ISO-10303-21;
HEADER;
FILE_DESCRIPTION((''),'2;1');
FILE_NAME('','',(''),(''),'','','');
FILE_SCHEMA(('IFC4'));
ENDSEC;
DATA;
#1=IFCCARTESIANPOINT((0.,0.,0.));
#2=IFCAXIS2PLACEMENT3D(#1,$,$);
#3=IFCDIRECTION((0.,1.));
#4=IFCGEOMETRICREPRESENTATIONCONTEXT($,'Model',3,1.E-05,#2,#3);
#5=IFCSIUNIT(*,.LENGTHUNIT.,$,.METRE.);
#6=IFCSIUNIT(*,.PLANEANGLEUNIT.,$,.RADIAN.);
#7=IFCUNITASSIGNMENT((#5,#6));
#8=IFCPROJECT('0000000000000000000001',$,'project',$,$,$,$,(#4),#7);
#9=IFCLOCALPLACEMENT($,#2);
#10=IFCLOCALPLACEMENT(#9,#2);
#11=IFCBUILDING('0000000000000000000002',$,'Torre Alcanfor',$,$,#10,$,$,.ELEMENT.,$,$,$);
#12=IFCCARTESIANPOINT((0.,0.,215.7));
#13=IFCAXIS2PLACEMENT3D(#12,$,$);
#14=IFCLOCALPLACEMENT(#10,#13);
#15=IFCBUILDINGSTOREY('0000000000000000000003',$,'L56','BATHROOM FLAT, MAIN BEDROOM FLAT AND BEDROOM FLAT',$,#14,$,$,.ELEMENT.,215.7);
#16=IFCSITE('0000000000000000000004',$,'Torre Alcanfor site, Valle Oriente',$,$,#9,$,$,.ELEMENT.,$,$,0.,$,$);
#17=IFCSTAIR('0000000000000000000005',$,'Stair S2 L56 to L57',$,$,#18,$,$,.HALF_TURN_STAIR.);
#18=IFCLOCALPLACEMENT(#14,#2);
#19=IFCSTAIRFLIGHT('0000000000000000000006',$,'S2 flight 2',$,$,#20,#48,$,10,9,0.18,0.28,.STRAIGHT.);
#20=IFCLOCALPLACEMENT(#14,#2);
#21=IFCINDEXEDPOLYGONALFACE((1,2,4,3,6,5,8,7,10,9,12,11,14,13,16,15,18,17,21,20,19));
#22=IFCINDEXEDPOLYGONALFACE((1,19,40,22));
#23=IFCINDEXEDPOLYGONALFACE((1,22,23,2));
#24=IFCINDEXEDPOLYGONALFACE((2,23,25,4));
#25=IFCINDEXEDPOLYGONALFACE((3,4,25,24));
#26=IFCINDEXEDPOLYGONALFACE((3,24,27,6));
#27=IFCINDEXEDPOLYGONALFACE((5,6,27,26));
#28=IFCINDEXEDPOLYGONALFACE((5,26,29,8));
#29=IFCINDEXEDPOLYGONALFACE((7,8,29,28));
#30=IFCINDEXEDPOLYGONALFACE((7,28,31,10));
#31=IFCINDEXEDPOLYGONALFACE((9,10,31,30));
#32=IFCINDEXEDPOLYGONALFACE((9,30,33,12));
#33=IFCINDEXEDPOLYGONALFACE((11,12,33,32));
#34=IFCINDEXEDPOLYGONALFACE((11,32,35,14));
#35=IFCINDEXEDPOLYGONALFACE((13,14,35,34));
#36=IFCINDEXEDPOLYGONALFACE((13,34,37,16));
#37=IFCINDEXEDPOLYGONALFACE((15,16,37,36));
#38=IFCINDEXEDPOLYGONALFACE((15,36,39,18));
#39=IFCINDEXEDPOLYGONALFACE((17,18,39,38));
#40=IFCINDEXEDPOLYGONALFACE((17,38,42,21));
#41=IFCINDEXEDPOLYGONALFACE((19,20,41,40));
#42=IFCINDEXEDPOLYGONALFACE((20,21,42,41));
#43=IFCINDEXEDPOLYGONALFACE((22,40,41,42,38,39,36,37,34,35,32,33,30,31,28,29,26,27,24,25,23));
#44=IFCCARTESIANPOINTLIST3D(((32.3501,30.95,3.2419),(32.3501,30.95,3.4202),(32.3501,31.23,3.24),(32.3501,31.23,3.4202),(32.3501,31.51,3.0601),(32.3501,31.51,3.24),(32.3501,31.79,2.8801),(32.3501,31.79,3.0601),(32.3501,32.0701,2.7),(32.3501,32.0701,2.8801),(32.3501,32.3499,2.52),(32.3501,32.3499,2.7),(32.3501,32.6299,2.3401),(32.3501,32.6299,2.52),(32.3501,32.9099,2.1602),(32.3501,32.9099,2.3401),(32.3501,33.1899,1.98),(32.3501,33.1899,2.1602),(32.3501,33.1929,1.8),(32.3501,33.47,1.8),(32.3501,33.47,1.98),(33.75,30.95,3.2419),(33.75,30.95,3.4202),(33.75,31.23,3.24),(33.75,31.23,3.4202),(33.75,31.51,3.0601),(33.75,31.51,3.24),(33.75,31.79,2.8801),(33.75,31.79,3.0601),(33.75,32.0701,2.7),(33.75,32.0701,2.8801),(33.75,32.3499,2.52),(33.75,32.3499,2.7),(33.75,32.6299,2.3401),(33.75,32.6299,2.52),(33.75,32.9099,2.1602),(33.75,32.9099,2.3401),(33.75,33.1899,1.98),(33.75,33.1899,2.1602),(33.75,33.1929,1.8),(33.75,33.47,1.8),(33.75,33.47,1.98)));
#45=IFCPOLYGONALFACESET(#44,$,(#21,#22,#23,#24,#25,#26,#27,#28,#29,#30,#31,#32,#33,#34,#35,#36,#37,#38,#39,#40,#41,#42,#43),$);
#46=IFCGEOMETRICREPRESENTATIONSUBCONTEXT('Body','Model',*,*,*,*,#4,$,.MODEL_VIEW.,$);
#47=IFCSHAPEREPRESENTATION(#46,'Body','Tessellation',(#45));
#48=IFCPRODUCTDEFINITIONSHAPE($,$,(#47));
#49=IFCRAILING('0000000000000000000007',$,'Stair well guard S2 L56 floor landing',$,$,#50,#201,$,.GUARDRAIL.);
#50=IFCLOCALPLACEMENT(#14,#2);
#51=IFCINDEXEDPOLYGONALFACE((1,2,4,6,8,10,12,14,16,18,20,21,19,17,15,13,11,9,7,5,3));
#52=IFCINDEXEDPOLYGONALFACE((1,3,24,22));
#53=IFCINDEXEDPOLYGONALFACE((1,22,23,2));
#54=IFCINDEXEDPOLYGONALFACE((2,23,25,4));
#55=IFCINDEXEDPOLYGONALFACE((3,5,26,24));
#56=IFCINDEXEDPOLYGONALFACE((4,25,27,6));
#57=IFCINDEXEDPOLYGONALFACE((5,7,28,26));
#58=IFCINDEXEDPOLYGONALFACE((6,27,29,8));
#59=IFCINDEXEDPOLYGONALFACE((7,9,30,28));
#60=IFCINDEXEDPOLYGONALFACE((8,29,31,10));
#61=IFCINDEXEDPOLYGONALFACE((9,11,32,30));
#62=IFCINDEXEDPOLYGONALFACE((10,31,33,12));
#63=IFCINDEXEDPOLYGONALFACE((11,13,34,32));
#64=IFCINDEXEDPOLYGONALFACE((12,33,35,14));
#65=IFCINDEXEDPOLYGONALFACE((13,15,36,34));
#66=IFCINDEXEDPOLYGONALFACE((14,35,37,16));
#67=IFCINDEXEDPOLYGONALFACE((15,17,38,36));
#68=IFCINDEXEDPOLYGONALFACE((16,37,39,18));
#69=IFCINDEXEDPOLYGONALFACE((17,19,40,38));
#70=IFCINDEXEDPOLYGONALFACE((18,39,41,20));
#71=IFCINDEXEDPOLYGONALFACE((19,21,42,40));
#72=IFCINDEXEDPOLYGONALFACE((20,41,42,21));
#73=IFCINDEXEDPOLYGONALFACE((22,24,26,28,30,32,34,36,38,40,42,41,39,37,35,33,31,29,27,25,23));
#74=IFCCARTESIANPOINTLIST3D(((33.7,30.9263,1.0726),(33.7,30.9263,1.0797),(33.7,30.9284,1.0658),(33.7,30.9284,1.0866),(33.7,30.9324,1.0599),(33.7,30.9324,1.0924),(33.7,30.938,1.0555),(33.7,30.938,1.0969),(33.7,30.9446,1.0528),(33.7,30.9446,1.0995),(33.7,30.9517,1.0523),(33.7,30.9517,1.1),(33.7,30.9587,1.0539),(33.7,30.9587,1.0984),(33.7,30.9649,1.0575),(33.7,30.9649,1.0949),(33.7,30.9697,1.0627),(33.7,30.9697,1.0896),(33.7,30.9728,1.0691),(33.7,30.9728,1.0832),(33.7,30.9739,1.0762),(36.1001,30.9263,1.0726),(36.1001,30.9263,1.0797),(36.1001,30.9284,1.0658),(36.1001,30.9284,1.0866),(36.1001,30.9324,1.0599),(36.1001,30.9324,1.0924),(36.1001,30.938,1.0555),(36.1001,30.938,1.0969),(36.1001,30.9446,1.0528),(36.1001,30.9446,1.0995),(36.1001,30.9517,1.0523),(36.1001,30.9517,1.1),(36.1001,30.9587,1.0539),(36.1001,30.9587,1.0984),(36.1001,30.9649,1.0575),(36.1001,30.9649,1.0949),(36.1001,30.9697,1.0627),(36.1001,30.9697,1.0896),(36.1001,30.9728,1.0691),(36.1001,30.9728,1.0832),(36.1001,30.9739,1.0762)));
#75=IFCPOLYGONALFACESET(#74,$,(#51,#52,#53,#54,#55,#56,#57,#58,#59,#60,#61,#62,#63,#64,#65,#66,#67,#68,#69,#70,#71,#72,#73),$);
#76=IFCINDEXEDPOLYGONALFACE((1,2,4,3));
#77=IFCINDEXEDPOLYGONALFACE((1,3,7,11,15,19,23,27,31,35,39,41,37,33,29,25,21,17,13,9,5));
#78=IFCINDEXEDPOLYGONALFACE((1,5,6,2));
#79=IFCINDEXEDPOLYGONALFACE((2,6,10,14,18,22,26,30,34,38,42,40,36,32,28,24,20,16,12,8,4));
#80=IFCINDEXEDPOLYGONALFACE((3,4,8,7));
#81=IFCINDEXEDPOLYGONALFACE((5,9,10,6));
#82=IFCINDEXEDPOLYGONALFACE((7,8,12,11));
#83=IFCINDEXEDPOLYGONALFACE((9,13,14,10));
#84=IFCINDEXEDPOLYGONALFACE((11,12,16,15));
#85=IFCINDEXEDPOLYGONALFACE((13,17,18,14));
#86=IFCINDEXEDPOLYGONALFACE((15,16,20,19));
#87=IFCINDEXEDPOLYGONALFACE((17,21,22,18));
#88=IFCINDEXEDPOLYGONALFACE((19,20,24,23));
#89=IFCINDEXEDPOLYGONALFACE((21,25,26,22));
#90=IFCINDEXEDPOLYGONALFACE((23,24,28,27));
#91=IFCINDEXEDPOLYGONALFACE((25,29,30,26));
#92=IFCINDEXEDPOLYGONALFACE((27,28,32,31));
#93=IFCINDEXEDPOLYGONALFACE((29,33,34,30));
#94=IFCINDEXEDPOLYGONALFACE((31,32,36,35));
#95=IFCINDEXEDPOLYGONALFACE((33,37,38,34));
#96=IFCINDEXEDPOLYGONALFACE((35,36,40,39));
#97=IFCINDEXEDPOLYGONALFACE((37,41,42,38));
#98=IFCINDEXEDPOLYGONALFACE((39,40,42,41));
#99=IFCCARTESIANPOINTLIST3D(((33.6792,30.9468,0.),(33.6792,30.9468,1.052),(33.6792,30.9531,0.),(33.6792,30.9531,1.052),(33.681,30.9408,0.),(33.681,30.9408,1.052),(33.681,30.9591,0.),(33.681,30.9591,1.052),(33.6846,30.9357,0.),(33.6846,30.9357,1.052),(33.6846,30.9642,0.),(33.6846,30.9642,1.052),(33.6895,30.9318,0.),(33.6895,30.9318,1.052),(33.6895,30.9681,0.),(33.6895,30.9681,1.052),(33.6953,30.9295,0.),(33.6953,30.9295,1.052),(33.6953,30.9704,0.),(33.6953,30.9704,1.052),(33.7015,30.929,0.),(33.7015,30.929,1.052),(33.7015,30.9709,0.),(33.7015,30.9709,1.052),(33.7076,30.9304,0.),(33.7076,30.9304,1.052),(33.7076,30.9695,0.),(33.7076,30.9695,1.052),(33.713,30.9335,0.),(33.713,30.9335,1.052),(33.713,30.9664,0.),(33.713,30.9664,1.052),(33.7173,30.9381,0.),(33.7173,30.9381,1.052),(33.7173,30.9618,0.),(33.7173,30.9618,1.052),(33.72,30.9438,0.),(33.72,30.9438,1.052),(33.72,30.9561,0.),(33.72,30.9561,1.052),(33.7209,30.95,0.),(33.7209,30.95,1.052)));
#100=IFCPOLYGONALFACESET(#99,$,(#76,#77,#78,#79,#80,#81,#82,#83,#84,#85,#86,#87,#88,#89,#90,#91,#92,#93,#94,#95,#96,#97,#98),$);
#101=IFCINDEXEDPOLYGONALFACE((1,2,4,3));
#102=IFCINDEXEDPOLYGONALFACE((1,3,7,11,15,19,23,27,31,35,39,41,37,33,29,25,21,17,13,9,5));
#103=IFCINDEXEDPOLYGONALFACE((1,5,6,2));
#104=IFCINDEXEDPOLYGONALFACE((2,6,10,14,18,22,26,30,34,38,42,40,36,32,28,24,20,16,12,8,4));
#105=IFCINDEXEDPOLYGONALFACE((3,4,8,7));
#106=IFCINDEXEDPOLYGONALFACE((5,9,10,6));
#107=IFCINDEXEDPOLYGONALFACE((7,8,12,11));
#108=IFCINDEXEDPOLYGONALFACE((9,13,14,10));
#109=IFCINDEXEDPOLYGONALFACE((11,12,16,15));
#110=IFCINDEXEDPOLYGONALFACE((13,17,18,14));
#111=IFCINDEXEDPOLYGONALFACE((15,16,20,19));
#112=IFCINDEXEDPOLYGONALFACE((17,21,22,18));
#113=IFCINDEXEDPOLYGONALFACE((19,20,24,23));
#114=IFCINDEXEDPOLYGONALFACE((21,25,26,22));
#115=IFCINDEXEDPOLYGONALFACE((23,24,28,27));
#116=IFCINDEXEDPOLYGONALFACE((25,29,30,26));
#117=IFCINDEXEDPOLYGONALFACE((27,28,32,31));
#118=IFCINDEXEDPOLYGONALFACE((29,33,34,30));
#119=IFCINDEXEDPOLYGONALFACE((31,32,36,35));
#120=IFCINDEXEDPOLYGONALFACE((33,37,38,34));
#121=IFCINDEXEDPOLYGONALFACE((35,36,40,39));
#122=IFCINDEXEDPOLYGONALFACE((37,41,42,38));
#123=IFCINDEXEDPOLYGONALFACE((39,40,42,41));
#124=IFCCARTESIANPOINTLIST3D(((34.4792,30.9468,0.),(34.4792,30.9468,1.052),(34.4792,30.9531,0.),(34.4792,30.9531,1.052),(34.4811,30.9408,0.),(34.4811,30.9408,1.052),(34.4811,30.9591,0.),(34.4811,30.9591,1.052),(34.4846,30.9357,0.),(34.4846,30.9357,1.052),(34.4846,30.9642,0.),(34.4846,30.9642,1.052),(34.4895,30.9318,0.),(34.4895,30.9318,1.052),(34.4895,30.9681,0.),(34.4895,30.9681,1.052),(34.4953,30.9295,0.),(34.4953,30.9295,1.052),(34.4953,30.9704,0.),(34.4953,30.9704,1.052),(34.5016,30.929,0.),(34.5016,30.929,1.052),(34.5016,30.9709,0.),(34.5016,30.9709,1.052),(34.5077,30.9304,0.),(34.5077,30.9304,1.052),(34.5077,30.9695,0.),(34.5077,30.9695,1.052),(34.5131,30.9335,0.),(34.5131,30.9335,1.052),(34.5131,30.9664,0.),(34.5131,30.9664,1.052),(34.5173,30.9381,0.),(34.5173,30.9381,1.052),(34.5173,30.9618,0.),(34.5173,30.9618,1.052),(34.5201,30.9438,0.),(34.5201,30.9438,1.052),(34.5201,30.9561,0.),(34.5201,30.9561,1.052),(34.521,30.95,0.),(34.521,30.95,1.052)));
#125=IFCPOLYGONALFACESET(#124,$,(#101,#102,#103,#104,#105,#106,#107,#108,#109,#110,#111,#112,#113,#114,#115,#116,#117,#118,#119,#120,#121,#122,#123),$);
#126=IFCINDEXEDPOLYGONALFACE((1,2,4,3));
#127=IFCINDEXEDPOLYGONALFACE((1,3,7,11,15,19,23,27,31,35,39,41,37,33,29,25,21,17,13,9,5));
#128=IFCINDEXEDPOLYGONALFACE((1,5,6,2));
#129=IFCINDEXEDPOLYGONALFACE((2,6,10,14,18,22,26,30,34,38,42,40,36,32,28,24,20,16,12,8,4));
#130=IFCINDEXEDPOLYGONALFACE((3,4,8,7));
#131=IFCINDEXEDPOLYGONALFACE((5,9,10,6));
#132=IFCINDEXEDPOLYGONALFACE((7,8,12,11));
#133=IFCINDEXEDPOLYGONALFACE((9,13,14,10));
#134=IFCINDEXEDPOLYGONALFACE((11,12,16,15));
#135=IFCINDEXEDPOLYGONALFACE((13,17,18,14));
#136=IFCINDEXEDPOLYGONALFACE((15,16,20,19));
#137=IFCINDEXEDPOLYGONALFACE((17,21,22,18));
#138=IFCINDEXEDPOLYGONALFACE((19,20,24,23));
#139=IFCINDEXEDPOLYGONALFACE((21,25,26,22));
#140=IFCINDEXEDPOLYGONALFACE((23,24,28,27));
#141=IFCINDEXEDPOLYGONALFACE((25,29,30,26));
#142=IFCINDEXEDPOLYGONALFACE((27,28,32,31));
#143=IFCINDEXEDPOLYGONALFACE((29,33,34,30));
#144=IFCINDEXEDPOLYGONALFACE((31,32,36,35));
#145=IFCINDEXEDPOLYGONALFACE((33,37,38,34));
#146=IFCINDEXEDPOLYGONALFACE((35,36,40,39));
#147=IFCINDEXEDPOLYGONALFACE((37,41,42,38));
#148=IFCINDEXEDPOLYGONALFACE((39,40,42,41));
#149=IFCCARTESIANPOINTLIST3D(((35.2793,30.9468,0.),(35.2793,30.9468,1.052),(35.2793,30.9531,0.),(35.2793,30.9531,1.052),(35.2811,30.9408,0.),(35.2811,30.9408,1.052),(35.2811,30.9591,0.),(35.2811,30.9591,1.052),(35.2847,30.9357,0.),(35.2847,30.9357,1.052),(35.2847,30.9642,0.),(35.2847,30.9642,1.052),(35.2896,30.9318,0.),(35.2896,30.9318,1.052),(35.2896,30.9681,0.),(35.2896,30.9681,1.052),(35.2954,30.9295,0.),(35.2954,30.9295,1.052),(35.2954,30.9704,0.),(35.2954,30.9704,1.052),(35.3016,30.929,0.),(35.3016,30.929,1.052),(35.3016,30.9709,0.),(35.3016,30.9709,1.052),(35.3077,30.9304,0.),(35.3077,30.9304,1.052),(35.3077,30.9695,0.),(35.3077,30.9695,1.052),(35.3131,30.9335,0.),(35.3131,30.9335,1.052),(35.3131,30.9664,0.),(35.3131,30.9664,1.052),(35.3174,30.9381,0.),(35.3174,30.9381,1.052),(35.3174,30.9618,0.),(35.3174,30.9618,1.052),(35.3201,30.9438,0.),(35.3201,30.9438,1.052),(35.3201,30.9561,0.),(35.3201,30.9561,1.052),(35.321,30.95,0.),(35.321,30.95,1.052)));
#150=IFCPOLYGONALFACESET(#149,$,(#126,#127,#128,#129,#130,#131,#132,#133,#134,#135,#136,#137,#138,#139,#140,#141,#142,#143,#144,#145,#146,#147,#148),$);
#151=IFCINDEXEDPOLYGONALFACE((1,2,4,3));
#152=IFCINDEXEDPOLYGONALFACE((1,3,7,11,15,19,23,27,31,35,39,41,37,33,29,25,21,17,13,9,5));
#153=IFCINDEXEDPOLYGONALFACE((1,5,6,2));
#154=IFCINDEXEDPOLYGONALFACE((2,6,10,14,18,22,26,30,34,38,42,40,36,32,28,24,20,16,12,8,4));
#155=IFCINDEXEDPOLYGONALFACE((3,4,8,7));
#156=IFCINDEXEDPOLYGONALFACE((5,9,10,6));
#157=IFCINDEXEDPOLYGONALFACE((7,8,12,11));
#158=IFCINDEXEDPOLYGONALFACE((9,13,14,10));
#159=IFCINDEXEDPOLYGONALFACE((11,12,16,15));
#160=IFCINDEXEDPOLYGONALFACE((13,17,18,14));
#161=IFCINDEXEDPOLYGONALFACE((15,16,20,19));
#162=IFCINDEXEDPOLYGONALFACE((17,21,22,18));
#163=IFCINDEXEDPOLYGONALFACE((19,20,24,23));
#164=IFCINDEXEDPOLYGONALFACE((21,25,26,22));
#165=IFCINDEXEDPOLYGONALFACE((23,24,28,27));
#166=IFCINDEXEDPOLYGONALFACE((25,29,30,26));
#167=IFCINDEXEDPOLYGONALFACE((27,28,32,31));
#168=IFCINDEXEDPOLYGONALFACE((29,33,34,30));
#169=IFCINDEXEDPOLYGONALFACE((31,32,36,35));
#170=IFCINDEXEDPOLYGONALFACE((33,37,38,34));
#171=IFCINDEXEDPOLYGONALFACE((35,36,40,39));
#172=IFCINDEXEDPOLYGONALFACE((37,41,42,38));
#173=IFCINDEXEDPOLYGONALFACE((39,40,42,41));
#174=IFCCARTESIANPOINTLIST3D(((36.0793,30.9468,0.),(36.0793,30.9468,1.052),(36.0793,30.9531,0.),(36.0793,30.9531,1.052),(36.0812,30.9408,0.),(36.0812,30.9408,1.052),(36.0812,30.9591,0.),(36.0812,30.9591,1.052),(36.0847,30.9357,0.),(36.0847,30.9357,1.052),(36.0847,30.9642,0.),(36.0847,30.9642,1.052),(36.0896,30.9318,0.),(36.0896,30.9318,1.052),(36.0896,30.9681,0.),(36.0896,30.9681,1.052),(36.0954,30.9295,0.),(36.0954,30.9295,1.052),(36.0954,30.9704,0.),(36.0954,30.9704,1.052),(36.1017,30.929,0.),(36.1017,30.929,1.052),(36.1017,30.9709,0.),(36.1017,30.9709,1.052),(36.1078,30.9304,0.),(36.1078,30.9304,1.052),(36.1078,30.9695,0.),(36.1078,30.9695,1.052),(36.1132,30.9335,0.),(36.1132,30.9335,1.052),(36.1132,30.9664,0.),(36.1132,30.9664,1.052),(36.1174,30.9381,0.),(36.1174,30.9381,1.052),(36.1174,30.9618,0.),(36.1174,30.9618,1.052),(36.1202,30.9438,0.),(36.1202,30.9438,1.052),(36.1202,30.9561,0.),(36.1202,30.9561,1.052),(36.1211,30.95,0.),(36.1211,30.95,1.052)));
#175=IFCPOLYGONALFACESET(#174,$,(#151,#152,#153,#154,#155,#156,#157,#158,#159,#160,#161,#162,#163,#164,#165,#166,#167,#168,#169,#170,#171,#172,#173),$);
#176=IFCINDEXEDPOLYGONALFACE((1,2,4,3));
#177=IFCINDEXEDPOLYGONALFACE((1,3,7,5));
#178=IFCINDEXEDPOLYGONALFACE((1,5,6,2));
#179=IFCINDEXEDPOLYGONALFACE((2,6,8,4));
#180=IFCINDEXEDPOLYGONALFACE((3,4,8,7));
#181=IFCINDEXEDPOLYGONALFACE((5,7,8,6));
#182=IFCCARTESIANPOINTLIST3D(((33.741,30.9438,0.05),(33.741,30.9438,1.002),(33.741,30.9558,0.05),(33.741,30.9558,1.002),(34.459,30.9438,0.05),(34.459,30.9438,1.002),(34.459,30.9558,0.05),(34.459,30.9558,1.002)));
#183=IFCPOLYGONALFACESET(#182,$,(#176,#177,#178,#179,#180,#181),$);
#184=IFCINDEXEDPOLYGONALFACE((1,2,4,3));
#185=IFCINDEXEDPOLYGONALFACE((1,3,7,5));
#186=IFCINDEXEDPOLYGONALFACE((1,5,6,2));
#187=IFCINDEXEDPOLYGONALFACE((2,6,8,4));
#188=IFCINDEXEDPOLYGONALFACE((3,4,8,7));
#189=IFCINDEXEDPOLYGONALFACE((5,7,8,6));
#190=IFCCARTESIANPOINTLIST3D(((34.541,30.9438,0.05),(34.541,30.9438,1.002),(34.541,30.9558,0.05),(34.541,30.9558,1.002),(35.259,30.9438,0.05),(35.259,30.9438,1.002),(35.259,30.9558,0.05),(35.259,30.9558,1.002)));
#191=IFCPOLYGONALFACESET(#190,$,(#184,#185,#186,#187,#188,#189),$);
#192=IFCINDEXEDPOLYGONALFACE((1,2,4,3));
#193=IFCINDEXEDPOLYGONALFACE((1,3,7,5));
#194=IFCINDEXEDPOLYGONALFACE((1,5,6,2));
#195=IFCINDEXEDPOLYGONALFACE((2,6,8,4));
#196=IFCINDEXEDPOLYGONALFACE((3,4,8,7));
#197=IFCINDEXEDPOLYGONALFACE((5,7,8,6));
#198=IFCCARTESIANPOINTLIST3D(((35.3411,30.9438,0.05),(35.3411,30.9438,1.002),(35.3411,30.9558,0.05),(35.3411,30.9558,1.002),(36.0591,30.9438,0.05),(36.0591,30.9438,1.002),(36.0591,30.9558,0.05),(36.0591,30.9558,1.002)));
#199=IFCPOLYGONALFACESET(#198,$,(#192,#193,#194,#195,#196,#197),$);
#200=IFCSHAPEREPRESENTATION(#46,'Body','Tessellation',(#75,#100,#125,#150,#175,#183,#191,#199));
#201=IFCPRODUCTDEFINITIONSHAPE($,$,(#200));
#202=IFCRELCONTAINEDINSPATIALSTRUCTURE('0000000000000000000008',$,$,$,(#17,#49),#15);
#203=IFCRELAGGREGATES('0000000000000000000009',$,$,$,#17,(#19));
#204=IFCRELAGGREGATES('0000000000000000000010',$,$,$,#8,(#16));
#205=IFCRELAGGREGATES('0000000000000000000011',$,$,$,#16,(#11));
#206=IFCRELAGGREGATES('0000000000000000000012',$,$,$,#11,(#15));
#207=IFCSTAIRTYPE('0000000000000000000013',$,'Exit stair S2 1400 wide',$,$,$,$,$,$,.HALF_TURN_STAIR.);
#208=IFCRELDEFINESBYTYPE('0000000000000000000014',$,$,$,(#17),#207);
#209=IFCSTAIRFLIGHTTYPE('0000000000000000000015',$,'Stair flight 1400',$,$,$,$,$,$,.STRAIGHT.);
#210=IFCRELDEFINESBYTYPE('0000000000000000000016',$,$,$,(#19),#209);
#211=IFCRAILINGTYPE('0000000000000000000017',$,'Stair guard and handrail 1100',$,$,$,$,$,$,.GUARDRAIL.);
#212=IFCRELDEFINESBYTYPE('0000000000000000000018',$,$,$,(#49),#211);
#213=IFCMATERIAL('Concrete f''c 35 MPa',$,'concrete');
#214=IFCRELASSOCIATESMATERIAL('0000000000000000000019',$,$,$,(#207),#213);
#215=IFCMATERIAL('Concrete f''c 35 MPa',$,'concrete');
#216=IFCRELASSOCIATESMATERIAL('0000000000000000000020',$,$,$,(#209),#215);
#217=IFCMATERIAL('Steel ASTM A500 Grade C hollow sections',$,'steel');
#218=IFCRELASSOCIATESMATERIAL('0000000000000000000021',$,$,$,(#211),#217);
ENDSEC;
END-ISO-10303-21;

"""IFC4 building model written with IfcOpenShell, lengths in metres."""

from ifc_helpers import new_model, si_unit, direction, frame, origin, origin_2d, place, context, subcontext, project, spatial, polyline, circle, outline, extrude, material, type_object, element, aggregate, save


model = new_model("IFC4")

# Units and contexts
model_context = context("Model", 3, precision=1e-05, world=origin(), true_north=direction((0.0, 1.0)))
body_context = subcontext(model_context, "Body", "Model", "MODEL_VIEW")
ifc_project = project(units=[si_unit("LENGTHUNIT", "METRE"), si_unit("PLANEANGLEUNIT", "RADIAN")], contexts=[model_context])

# Site, building, storey
site_placement = place(None, origin())
site = spatial("IfcSite", under=ifc_project, at=site_placement, Name="Torre Alcanfor site, Valle Oriente", CompositionType="ELEMENT", RefElevation=0.0)
building_placement = place(site_placement, origin())
building = spatial("IfcBuilding", under=site, at=building_placement, Name="Torre Alcanfor", CompositionType="ELEMENT")
storey_placement = place(building_placement, frame((0.0, 0.0, 215.7)))
storey = spatial("IfcBuildingStorey", under=building, at=storey_placement, Name="L56", Description="BATHROOM FLAT, MAIN BEDROOM FLAT AND BEDROOM FLAT", CompositionType="ELEMENT", Elevation=215.7)

# Stair, stair flight
ifc_material_1 = material(Name="Concrete f'c 35 MPa", Category="concrete")
stair_type = type_object("IfcStairType", Name="Exit stair S2 1400 wide", PredefinedType="HALF_TURN_STAIR", material=ifc_material_1)
stair_placement = place(storey_placement, origin())
stair = element("IfcStair", 1, at=stair_placement, inside=storey, type_object=stair_type, Name="Stair S2 L56 to L57", PredefinedType="HALF_TURN_STAIR")
ifc_material_2 = material(Name="Concrete f'c 35 MPa", Category="concrete")
stair_flight_type = type_object("IfcStairFlightType", Name="Stair flight 1400", PredefinedType="STRAIGHT", material=ifc_material_2)
stair_flight_1_placement = place(storey_placement, frame((33.05, 33.47, 1.8), z_axis=(0.0, 0.0, 1.0), x_axis=(0.0, -1.0, 0.0)))
stair_flight_1 = element("IfcStairFlight", 2, at=stair_flight_1_placement, type_object=stair_flight_type, Name="S2 flight 2", NumberOfRisers=10, NumberOfTreads=9, PredefinedType="STRAIGHT", RiserHeight=0.18, TreadLength=0.28, context=body_context, shape_type="SweptSolid", body=[
    extrude(outline(polyline([(0.0, 0.0), (0.0, 0.1799), (0.28, 0.1799), (0.28, 0.3601), (0.5601, 0.3601), (0.5601, 0.54), (0.8401, 0.54), (0.8401, 0.72), (1.1201, 0.72), (1.1201, 0.8999), (1.3999, 0.8999), (1.3999, 1.0801), (1.6799, 1.0801), (1.6799, 1.26), (1.96, 1.26), (1.96, 1.4399), (2.24, 1.4399), (2.24, 1.6201), (2.52, 1.6201), (2.52, 1.8), (2.52, 1.4419), (0.2771, 0.0), (0.0, 0.0)])), frame((0.0, 0.7, 0.0), z_axis=(0.0, -1.0, 0.0), x_axis=(1.0, 0.0, 0.0)), (0.0, 0.0, 1.0), 1.3999),
])
aggregate(stair, [stair_flight_1])

# Railing
ifc_material_3 = material(Name="Steel ASTM A500 Grade C hollow sections", Category="steel")
railing_type_1 = type_object("IfcRailingType", Name="Stair guard and handrail 1100", PredefinedType="GUARDRAIL", material=ifc_material_3)
for number, where, name in (
    (3, (33.7, 30.95, 0.0), "Stair well guard S2 L56 floor landing"),
):
    element("IfcRailing", number, at=place(storey_placement, frame(where)), inside=storey, type_object=railing_type_1, Name=name, PredefinedType="GUARDRAIL", context=body_context, shape_type="SweptSolid", body=[
        extrude(circle(Radius=0.0239, at=origin_2d()), frame((0.0, 0.0, 1.0762), z_axis=(1.0, 0.0, 0.0), x_axis=(0.0, 1.0, 0.0)), (0.0, 0.0, 1.0), 2.4001),
        extrude(circle(Radius=0.021, at=origin_2d()), origin(), (0.0, 0.0, 1.0), 1.052),
        extrude(circle(Radius=0.021, at=origin_2d()), frame((0.8, 0.0, 0.0)), (0.0, 0.0, 1.0), 1.052),
        extrude(circle(Radius=0.021, at=origin_2d()), frame((1.6001, 0.0, 0.0)), (0.0, 0.0, 1.0), 1.052),
        extrude(circle(Radius=0.021, at=origin_2d()), frame((2.4001, 0.0, 0.0)), (0.0, 0.0, 1.0), 1.052),
        extrude(outline(polyline([(0.041, 0.05), (0.759, 0.05), (0.759, 1.002), (0.041, 1.002), (0.041, 0.05)])), frame((0.0, 0.0059, 0.0), z_axis=(0.0, -1.0, 0.0), x_axis=(1.0, 0.0, 0.0)), (0.0, 0.0, 1.0), 0.012),
        extrude(outline(polyline([(0.8411, 0.05), (1.5591, 0.05), (1.5591, 1.002), (0.8411, 1.002), (0.8411, 0.05)])), frame((0.0, 0.0059, 0.0), z_axis=(0.0, -1.0, 0.0), x_axis=(1.0, 0.0, 0.0)), (0.0, 0.0, 1.0), 0.012),
        extrude(outline(polyline([(1.6411, 0.05), (2.3591, 0.05), (2.3591, 1.002), (1.6411, 1.002), (1.6411, 0.05)])), frame((0.0, 0.0059, 0.0), z_axis=(0.0, -1.0, 0.0), x_axis=(1.0, 0.0, 0.0)), (0.0, 0.0, 1.0), 0.012),
    ])

save(model, "model.ifc")
